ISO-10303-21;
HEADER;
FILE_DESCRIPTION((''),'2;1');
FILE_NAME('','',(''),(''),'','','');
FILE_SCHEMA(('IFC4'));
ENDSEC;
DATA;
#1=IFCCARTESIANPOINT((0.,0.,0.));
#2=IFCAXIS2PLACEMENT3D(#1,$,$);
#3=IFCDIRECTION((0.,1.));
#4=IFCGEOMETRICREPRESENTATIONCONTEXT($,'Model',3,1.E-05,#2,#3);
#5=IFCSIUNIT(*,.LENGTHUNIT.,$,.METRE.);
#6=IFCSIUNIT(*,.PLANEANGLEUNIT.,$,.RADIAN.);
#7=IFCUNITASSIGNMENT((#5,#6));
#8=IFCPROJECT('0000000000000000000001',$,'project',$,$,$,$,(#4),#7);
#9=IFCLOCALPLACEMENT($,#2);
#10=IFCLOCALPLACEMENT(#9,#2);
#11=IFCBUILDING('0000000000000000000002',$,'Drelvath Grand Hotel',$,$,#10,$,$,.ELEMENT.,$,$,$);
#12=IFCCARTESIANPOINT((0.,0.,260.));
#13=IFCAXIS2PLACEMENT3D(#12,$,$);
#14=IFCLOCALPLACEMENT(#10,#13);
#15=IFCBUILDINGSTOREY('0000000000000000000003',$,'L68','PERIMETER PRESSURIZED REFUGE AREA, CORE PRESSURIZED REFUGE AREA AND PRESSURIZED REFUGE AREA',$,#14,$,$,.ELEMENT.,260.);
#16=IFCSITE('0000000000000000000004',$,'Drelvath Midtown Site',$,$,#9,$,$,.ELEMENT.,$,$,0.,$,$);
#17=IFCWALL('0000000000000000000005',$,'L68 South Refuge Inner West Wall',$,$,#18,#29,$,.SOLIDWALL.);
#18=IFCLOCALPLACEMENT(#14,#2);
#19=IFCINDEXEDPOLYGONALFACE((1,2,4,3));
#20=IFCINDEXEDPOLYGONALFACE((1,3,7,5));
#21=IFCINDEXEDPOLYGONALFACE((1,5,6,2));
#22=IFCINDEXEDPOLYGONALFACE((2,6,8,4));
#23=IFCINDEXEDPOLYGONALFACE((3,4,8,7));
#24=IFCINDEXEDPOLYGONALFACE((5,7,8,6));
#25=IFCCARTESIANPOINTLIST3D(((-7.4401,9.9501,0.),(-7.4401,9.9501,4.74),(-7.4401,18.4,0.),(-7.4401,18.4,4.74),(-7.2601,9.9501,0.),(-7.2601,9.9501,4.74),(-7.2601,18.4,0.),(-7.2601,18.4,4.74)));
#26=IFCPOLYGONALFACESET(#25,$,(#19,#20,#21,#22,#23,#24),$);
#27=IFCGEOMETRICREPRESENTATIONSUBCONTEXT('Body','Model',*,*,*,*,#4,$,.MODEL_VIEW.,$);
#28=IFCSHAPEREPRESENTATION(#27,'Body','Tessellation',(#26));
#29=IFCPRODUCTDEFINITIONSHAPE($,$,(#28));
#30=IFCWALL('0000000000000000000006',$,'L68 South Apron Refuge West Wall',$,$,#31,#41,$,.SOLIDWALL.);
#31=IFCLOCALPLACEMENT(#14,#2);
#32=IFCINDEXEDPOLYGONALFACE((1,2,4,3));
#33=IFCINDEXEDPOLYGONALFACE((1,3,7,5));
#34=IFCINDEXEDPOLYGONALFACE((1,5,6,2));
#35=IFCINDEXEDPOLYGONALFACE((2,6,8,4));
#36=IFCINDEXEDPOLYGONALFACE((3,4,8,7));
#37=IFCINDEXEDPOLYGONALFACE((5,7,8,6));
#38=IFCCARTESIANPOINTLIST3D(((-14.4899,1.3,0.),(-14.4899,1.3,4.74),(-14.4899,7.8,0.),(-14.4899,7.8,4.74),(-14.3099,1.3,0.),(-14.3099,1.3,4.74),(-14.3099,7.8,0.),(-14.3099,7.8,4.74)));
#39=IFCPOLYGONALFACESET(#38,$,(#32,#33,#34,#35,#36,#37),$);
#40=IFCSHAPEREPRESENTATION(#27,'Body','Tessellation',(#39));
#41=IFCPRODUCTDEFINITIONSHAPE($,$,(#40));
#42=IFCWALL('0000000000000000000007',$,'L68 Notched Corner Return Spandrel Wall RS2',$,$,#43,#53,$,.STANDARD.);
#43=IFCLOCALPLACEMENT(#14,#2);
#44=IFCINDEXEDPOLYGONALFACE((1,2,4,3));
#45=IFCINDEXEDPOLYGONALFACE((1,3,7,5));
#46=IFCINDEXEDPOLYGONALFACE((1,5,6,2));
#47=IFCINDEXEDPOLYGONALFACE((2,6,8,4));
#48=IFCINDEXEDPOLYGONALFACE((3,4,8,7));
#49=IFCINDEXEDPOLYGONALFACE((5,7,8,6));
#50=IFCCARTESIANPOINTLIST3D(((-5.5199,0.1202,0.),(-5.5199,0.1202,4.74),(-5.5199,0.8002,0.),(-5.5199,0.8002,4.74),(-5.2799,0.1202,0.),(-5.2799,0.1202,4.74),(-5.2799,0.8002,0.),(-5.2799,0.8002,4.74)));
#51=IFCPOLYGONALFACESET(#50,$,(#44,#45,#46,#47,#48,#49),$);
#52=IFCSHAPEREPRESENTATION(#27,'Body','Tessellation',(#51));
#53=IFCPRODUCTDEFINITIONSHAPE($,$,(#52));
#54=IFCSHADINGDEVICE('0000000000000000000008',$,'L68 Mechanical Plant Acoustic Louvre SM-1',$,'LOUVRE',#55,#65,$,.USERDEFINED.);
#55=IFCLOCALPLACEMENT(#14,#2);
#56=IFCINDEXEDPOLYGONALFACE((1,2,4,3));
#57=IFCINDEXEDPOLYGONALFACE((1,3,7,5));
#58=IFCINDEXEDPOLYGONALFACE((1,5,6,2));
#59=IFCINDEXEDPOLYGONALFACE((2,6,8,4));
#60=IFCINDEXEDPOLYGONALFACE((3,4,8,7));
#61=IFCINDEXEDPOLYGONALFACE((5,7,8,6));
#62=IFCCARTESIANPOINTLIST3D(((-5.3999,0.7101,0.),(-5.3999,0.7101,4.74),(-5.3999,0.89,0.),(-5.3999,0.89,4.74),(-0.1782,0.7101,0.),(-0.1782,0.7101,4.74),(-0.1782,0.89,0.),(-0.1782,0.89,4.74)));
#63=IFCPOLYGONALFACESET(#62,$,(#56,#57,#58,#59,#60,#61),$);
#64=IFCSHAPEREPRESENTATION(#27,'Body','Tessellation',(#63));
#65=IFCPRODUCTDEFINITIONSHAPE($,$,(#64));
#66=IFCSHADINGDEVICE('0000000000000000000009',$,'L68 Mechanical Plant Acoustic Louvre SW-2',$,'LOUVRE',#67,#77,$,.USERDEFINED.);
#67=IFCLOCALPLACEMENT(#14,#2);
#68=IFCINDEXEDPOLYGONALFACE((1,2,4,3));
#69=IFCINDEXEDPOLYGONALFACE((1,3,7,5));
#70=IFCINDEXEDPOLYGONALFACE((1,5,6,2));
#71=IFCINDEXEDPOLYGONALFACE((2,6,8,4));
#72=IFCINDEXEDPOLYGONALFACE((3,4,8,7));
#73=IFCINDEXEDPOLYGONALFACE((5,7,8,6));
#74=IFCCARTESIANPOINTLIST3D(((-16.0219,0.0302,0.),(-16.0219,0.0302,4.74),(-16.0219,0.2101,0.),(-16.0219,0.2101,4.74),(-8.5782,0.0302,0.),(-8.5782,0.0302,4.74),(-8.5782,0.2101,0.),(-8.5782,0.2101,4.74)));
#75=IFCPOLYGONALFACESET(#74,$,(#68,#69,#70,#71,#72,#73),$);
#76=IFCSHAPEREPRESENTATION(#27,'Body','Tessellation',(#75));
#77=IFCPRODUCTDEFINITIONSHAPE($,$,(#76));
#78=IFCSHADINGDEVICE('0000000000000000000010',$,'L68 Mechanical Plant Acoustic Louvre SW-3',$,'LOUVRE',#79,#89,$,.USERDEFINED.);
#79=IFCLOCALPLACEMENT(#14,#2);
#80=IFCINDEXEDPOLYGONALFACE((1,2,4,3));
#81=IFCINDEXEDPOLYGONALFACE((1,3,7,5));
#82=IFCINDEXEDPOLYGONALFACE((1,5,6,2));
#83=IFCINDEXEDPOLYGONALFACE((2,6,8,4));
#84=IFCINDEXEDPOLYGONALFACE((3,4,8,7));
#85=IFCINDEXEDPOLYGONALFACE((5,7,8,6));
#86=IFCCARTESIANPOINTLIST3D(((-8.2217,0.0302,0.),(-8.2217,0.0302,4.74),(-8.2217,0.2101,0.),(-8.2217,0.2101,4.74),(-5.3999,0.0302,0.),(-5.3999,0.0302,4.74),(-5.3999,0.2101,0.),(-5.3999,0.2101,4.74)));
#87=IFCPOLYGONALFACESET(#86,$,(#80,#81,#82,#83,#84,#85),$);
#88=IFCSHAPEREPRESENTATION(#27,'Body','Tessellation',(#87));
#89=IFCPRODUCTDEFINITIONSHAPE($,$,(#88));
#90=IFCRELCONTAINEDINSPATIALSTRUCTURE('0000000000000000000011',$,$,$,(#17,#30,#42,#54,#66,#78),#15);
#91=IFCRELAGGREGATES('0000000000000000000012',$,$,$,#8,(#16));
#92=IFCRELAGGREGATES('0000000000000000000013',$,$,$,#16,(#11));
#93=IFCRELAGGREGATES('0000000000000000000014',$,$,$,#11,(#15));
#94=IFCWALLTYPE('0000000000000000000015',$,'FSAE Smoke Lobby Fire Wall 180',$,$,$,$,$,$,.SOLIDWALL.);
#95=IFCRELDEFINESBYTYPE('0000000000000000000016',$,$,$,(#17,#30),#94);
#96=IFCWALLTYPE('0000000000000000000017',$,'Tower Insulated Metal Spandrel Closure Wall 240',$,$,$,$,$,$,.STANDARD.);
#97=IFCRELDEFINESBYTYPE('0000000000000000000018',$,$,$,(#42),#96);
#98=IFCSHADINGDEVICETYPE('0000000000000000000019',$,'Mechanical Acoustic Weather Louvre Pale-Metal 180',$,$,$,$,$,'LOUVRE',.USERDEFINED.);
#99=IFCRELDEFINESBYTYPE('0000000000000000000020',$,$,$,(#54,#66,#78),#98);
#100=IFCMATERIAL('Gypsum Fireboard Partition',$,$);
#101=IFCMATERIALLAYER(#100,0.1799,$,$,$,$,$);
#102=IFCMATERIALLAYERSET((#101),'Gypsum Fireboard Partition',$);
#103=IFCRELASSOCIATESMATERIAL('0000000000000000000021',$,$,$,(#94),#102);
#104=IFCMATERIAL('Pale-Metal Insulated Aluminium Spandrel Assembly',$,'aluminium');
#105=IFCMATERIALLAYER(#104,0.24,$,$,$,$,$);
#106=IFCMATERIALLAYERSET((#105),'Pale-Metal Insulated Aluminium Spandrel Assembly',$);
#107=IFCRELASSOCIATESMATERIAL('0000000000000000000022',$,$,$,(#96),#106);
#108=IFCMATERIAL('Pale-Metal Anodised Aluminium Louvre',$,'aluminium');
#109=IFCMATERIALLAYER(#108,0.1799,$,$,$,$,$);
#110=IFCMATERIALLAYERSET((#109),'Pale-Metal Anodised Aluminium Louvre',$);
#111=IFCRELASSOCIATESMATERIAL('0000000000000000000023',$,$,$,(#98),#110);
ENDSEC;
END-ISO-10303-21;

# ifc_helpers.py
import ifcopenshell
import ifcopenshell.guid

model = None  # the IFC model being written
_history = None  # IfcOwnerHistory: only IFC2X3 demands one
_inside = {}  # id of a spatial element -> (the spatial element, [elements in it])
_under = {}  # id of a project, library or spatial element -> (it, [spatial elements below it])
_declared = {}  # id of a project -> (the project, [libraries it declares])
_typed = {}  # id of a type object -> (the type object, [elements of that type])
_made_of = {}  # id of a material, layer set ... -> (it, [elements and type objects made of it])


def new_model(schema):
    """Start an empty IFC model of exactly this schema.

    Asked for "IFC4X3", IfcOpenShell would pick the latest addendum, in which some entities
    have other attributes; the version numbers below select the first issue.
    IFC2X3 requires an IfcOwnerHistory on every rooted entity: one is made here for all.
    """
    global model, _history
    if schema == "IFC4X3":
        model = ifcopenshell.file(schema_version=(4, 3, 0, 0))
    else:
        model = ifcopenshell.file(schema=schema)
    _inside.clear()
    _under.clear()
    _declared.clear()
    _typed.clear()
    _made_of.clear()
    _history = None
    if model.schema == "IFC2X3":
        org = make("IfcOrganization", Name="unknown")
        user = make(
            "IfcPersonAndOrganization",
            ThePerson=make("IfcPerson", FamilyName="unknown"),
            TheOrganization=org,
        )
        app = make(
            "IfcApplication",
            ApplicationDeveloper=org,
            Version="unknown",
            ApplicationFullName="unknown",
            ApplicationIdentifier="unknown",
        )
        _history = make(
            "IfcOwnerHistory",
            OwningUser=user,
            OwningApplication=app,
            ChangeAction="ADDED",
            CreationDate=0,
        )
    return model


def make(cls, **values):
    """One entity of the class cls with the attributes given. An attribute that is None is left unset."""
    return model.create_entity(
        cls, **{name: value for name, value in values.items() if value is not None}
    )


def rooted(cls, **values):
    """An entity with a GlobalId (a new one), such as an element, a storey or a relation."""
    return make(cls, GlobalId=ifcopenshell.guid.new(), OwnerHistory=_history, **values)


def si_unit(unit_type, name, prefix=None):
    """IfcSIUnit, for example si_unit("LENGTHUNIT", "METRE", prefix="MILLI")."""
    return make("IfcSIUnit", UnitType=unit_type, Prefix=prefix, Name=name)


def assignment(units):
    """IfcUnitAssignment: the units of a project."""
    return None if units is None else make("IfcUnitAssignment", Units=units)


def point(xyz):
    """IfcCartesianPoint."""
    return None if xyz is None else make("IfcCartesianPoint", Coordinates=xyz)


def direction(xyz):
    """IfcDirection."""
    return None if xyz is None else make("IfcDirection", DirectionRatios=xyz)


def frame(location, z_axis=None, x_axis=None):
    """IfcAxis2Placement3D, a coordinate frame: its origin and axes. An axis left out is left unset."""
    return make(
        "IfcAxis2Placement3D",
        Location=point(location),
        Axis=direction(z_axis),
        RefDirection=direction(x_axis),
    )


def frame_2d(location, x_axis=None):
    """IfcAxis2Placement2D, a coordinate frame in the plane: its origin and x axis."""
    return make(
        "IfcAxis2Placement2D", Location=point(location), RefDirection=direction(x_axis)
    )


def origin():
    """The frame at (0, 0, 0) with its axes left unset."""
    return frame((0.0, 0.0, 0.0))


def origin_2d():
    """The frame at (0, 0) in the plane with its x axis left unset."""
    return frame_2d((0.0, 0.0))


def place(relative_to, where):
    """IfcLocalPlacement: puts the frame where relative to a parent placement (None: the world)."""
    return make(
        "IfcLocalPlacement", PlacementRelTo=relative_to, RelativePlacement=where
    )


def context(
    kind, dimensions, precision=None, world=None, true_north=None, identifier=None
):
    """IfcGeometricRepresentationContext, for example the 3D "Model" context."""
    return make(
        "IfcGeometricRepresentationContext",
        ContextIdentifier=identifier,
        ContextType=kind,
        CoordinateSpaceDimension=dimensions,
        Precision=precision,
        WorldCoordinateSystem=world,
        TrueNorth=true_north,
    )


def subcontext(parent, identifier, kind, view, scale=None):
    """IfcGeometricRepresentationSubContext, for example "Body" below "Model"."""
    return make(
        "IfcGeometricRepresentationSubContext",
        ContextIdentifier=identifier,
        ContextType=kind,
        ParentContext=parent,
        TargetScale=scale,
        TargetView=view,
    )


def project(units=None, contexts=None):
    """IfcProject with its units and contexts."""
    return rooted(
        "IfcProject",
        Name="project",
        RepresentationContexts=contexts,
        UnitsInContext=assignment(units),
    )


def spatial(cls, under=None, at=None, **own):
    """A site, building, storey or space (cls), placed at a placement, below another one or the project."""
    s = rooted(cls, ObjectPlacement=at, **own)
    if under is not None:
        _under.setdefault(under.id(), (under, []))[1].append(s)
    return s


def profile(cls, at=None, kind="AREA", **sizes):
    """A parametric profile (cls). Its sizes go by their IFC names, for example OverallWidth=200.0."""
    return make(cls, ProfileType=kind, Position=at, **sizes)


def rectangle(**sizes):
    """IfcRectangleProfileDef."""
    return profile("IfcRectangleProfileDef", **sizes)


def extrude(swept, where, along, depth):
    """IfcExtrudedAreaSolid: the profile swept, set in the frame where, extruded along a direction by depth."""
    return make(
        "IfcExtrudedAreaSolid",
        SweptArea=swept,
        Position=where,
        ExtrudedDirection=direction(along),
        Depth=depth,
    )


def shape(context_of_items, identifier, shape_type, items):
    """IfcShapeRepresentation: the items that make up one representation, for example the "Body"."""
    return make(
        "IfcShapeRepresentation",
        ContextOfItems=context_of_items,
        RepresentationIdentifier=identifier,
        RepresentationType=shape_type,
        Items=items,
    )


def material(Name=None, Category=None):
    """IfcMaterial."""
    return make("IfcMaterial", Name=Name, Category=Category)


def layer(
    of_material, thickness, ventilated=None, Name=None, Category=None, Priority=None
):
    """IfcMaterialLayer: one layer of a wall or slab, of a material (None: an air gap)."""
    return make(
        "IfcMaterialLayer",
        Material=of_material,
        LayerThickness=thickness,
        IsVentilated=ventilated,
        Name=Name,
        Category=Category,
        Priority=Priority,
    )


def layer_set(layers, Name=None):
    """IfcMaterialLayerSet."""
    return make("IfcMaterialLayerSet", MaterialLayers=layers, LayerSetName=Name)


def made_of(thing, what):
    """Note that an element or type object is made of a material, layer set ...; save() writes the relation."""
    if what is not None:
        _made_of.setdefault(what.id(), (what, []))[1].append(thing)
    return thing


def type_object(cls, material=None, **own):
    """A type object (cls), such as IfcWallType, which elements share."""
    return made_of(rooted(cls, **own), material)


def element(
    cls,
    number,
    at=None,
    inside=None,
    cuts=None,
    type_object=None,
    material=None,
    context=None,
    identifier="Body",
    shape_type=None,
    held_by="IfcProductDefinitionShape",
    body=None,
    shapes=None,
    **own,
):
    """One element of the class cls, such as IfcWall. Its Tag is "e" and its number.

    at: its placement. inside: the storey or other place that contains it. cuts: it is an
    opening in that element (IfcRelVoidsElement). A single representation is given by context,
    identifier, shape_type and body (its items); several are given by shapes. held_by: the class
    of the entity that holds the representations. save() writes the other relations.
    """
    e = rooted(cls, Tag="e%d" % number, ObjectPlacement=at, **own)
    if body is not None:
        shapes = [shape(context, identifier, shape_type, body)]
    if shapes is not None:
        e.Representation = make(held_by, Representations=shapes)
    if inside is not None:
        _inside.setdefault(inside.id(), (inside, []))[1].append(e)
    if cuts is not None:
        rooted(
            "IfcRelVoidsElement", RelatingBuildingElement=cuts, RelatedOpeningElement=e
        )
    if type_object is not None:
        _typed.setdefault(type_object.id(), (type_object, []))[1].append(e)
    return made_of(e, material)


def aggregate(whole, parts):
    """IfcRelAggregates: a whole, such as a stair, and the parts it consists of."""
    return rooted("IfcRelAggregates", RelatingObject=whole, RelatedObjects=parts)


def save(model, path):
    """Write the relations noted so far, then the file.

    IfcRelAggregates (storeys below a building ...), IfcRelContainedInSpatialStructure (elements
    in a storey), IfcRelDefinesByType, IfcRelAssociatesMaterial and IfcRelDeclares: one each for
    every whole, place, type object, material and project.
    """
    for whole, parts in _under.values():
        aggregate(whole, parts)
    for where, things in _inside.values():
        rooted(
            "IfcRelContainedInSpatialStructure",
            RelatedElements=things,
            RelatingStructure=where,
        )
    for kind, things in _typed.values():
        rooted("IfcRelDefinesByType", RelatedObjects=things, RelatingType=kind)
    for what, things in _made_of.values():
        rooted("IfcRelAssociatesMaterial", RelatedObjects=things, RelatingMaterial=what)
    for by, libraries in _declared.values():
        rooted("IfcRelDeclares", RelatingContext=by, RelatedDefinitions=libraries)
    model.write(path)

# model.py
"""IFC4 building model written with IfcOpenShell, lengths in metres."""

from ifc_helpers import new_model, si_unit, direction, frame, frame_2d, origin, origin_2d, place, context, subcontext, project, spatial, rectangle, extrude, material, layer, layer_set, type_object, element, save


model = new_model("IFC4")

# Units and contexts
model_context = context("Model", 3, precision=1e-05, world=origin(), true_north=direction((0.0, 1.0)))
body_context = subcontext(model_context, "Body", "Model", "MODEL_VIEW")
ifc_project = project(units=[si_unit("LENGTHUNIT", "METRE"), si_unit("PLANEANGLEUNIT", "RADIAN")], contexts=[model_context])

# Site, building, storey
site_placement = place(None, origin())
site = spatial("IfcSite", under=ifc_project, at=site_placement, Name="Drelvath Midtown Site", CompositionType="ELEMENT", RefElevation=0.0)
building_placement = place(site_placement, origin())
building = spatial("IfcBuilding", under=site, at=building_placement, Name="Drelvath Grand Hotel", CompositionType="ELEMENT")
storey_placement = place(building_placement, frame((0.0, 0.0, 260.0)))
storey = spatial("IfcBuildingStorey", under=building, at=storey_placement, Name="L68", Description="PERIMETER PRESSURIZED REFUGE AREA, CORE PRESSURIZED REFUGE AREA AND PRESSURIZED REFUGE AREA", CompositionType="ELEMENT", Elevation=260.0)

# Walls
ifc_material_1 = material(Name="Gypsum Fireboard Partition")
ifc_layer_1 = layer(ifc_material_1, 0.1799)
ifc_layer_set_1 = layer_set([ifc_layer_1], Name="Gypsum Fireboard Partition")
wall_type_1 = type_object("IfcWallType", Name="FSAE Smoke Lobby Fire Wall 180", PredefinedType="SOLIDWALL", material=ifc_layer_set_1)
wall_1_placement = place(storey_placement, frame((-7.3501, 9.95, 0.0), z_axis=(0.0, 0.0, 1.0), x_axis=(0.0, 1.0, 0.0)))
element("IfcWall", 1, at=wall_1_placement, inside=storey, type_object=wall_type_1, Name="L68 South Refuge Inner West Wall", PredefinedType="SOLIDWALL", context=body_context, shape_type="SweptSolid", body=[
    extrude(rectangle(XDim=8.45, YDim=0.1799, at=frame_2d((4.2251, 0.0))), origin(), (0.0, 0.0, 1.0), 4.74),
])
wall_2_placement = place(storey_placement, frame((-14.3999, 1.3, 0.0), z_axis=(0.0, 0.0, 1.0), x_axis=(0.0, 1.0, 0.0)))
element("IfcWall", 2, at=wall_2_placement, inside=storey, type_object=wall_type_1, Name="L68 South Apron Refuge West Wall", PredefinedType="SOLIDWALL", context=body_context, shape_type="SweptSolid", body=[
    extrude(rectangle(XDim=6.5, YDim=0.1799, at=frame_2d((3.25, 0.0))), origin(), (0.0, 0.0, 1.0), 4.74),
])
ifc_material_2 = material(Name="Pale-Metal Insulated Aluminium Spandrel Assembly", Category="aluminium")
ifc_layer_2 = layer(ifc_material_2, 0.24)
ifc_layer_set_2 = layer_set([ifc_layer_2], Name="Pale-Metal Insulated Aluminium Spandrel Assembly")
wall_type_2 = type_object("IfcWallType", Name="Tower Insulated Metal Spandrel Closure Wall 240", PredefinedType="STANDARD", material=ifc_layer_set_2)
wall_3_placement = place(storey_placement, frame((-5.3999, 0.8, 0.0), z_axis=(0.0, 0.0, 1.0), x_axis=(0.0, -1.0, 0.0)))
element("IfcWall", 3, at=wall_3_placement, inside=storey, type_object=wall_type_2, Name="L68 Notched Corner Return Spandrel Wall RS2", PredefinedType="STANDARD", context=body_context, shape_type="SweptSolid", body=[
    extrude(rectangle(XDim=0.6799, YDim=0.24, at=frame_2d((0.3398, 0.0))), origin(), (0.0, 0.0, 1.0), 4.74),
])

# Shading devices
ifc_material_3 = material(Name="Pale-Metal Anodised Aluminium Louvre", Category="aluminium")
ifc_layer_3 = layer(ifc_material_3, 0.1799)
ifc_layer_set_3 = layer_set([ifc_layer_3], Name="Pale-Metal Anodised Aluminium Louvre")
shading_device_type = type_object("IfcShadingDeviceType", Name="Mechanical Acoustic Weather Louvre Pale-Metal 180", ElementType="LOUVRE", PredefinedType="USERDEFINED", material=ifc_layer_set_3)
shading_device_1_placement = place(storey_placement, frame((-2.7891, 0.8, 0.0), z_axis=(0.0, 0.0, 1.0), x_axis=(1.0, 0.0, 0.0)))
element("IfcShadingDevice", 4, at=shading_device_1_placement, inside=storey, type_object=shading_device_type, Name="L68 Mechanical Plant Acoustic Louvre SM-1", ObjectType="LOUVRE", PredefinedType="USERDEFINED", context=body_context, shape_type="SweptSolid", body=[
    extrude(rectangle(XDim=5.2217, YDim=0.1799, at=origin_2d()), origin(), (0.0, 0.0, 1.0), 4.74),
])
shading_device_2_placement = place(storey_placement, frame((-12.3, 0.1201, 0.0), z_axis=(0.0, 0.0, 1.0), x_axis=(1.0, 0.0, 0.0)))
element("IfcShadingDevice", 5, at=shading_device_2_placement, inside=storey, type_object=shading_device_type, Name="L68 Mechanical Plant Acoustic Louvre SW-2", ObjectType="LOUVRE", PredefinedType="USERDEFINED", context=body_context, shape_type="SweptSolid", body=[
    extrude(rectangle(XDim=7.4436, YDim=0.1799, at=origin_2d()), origin(), (0.0, 0.0, 1.0), 4.74),
])
shading_device_3_placement = place(storey_placement, frame((-6.8108, 0.1201, 0.0), z_axis=(0.0, 0.0, 1.0), x_axis=(1.0, 0.0, 0.0)))
element("IfcShadingDevice", 6, at=shading_device_3_placement, inside=storey, type_object=shading_device_type, Name="L68 Mechanical Plant Acoustic Louvre SW-3", ObjectType="LOUVRE", PredefinedType="USERDEFINED", context=body_context, shape_type="SweptSolid", body=[
    extrude(rectangle(XDim=2.8218, YDim=0.1799, at=origin_2d()), origin(), (0.0, 0.0, 1.0), 4.74),
])

save(model, "model.ifc")
